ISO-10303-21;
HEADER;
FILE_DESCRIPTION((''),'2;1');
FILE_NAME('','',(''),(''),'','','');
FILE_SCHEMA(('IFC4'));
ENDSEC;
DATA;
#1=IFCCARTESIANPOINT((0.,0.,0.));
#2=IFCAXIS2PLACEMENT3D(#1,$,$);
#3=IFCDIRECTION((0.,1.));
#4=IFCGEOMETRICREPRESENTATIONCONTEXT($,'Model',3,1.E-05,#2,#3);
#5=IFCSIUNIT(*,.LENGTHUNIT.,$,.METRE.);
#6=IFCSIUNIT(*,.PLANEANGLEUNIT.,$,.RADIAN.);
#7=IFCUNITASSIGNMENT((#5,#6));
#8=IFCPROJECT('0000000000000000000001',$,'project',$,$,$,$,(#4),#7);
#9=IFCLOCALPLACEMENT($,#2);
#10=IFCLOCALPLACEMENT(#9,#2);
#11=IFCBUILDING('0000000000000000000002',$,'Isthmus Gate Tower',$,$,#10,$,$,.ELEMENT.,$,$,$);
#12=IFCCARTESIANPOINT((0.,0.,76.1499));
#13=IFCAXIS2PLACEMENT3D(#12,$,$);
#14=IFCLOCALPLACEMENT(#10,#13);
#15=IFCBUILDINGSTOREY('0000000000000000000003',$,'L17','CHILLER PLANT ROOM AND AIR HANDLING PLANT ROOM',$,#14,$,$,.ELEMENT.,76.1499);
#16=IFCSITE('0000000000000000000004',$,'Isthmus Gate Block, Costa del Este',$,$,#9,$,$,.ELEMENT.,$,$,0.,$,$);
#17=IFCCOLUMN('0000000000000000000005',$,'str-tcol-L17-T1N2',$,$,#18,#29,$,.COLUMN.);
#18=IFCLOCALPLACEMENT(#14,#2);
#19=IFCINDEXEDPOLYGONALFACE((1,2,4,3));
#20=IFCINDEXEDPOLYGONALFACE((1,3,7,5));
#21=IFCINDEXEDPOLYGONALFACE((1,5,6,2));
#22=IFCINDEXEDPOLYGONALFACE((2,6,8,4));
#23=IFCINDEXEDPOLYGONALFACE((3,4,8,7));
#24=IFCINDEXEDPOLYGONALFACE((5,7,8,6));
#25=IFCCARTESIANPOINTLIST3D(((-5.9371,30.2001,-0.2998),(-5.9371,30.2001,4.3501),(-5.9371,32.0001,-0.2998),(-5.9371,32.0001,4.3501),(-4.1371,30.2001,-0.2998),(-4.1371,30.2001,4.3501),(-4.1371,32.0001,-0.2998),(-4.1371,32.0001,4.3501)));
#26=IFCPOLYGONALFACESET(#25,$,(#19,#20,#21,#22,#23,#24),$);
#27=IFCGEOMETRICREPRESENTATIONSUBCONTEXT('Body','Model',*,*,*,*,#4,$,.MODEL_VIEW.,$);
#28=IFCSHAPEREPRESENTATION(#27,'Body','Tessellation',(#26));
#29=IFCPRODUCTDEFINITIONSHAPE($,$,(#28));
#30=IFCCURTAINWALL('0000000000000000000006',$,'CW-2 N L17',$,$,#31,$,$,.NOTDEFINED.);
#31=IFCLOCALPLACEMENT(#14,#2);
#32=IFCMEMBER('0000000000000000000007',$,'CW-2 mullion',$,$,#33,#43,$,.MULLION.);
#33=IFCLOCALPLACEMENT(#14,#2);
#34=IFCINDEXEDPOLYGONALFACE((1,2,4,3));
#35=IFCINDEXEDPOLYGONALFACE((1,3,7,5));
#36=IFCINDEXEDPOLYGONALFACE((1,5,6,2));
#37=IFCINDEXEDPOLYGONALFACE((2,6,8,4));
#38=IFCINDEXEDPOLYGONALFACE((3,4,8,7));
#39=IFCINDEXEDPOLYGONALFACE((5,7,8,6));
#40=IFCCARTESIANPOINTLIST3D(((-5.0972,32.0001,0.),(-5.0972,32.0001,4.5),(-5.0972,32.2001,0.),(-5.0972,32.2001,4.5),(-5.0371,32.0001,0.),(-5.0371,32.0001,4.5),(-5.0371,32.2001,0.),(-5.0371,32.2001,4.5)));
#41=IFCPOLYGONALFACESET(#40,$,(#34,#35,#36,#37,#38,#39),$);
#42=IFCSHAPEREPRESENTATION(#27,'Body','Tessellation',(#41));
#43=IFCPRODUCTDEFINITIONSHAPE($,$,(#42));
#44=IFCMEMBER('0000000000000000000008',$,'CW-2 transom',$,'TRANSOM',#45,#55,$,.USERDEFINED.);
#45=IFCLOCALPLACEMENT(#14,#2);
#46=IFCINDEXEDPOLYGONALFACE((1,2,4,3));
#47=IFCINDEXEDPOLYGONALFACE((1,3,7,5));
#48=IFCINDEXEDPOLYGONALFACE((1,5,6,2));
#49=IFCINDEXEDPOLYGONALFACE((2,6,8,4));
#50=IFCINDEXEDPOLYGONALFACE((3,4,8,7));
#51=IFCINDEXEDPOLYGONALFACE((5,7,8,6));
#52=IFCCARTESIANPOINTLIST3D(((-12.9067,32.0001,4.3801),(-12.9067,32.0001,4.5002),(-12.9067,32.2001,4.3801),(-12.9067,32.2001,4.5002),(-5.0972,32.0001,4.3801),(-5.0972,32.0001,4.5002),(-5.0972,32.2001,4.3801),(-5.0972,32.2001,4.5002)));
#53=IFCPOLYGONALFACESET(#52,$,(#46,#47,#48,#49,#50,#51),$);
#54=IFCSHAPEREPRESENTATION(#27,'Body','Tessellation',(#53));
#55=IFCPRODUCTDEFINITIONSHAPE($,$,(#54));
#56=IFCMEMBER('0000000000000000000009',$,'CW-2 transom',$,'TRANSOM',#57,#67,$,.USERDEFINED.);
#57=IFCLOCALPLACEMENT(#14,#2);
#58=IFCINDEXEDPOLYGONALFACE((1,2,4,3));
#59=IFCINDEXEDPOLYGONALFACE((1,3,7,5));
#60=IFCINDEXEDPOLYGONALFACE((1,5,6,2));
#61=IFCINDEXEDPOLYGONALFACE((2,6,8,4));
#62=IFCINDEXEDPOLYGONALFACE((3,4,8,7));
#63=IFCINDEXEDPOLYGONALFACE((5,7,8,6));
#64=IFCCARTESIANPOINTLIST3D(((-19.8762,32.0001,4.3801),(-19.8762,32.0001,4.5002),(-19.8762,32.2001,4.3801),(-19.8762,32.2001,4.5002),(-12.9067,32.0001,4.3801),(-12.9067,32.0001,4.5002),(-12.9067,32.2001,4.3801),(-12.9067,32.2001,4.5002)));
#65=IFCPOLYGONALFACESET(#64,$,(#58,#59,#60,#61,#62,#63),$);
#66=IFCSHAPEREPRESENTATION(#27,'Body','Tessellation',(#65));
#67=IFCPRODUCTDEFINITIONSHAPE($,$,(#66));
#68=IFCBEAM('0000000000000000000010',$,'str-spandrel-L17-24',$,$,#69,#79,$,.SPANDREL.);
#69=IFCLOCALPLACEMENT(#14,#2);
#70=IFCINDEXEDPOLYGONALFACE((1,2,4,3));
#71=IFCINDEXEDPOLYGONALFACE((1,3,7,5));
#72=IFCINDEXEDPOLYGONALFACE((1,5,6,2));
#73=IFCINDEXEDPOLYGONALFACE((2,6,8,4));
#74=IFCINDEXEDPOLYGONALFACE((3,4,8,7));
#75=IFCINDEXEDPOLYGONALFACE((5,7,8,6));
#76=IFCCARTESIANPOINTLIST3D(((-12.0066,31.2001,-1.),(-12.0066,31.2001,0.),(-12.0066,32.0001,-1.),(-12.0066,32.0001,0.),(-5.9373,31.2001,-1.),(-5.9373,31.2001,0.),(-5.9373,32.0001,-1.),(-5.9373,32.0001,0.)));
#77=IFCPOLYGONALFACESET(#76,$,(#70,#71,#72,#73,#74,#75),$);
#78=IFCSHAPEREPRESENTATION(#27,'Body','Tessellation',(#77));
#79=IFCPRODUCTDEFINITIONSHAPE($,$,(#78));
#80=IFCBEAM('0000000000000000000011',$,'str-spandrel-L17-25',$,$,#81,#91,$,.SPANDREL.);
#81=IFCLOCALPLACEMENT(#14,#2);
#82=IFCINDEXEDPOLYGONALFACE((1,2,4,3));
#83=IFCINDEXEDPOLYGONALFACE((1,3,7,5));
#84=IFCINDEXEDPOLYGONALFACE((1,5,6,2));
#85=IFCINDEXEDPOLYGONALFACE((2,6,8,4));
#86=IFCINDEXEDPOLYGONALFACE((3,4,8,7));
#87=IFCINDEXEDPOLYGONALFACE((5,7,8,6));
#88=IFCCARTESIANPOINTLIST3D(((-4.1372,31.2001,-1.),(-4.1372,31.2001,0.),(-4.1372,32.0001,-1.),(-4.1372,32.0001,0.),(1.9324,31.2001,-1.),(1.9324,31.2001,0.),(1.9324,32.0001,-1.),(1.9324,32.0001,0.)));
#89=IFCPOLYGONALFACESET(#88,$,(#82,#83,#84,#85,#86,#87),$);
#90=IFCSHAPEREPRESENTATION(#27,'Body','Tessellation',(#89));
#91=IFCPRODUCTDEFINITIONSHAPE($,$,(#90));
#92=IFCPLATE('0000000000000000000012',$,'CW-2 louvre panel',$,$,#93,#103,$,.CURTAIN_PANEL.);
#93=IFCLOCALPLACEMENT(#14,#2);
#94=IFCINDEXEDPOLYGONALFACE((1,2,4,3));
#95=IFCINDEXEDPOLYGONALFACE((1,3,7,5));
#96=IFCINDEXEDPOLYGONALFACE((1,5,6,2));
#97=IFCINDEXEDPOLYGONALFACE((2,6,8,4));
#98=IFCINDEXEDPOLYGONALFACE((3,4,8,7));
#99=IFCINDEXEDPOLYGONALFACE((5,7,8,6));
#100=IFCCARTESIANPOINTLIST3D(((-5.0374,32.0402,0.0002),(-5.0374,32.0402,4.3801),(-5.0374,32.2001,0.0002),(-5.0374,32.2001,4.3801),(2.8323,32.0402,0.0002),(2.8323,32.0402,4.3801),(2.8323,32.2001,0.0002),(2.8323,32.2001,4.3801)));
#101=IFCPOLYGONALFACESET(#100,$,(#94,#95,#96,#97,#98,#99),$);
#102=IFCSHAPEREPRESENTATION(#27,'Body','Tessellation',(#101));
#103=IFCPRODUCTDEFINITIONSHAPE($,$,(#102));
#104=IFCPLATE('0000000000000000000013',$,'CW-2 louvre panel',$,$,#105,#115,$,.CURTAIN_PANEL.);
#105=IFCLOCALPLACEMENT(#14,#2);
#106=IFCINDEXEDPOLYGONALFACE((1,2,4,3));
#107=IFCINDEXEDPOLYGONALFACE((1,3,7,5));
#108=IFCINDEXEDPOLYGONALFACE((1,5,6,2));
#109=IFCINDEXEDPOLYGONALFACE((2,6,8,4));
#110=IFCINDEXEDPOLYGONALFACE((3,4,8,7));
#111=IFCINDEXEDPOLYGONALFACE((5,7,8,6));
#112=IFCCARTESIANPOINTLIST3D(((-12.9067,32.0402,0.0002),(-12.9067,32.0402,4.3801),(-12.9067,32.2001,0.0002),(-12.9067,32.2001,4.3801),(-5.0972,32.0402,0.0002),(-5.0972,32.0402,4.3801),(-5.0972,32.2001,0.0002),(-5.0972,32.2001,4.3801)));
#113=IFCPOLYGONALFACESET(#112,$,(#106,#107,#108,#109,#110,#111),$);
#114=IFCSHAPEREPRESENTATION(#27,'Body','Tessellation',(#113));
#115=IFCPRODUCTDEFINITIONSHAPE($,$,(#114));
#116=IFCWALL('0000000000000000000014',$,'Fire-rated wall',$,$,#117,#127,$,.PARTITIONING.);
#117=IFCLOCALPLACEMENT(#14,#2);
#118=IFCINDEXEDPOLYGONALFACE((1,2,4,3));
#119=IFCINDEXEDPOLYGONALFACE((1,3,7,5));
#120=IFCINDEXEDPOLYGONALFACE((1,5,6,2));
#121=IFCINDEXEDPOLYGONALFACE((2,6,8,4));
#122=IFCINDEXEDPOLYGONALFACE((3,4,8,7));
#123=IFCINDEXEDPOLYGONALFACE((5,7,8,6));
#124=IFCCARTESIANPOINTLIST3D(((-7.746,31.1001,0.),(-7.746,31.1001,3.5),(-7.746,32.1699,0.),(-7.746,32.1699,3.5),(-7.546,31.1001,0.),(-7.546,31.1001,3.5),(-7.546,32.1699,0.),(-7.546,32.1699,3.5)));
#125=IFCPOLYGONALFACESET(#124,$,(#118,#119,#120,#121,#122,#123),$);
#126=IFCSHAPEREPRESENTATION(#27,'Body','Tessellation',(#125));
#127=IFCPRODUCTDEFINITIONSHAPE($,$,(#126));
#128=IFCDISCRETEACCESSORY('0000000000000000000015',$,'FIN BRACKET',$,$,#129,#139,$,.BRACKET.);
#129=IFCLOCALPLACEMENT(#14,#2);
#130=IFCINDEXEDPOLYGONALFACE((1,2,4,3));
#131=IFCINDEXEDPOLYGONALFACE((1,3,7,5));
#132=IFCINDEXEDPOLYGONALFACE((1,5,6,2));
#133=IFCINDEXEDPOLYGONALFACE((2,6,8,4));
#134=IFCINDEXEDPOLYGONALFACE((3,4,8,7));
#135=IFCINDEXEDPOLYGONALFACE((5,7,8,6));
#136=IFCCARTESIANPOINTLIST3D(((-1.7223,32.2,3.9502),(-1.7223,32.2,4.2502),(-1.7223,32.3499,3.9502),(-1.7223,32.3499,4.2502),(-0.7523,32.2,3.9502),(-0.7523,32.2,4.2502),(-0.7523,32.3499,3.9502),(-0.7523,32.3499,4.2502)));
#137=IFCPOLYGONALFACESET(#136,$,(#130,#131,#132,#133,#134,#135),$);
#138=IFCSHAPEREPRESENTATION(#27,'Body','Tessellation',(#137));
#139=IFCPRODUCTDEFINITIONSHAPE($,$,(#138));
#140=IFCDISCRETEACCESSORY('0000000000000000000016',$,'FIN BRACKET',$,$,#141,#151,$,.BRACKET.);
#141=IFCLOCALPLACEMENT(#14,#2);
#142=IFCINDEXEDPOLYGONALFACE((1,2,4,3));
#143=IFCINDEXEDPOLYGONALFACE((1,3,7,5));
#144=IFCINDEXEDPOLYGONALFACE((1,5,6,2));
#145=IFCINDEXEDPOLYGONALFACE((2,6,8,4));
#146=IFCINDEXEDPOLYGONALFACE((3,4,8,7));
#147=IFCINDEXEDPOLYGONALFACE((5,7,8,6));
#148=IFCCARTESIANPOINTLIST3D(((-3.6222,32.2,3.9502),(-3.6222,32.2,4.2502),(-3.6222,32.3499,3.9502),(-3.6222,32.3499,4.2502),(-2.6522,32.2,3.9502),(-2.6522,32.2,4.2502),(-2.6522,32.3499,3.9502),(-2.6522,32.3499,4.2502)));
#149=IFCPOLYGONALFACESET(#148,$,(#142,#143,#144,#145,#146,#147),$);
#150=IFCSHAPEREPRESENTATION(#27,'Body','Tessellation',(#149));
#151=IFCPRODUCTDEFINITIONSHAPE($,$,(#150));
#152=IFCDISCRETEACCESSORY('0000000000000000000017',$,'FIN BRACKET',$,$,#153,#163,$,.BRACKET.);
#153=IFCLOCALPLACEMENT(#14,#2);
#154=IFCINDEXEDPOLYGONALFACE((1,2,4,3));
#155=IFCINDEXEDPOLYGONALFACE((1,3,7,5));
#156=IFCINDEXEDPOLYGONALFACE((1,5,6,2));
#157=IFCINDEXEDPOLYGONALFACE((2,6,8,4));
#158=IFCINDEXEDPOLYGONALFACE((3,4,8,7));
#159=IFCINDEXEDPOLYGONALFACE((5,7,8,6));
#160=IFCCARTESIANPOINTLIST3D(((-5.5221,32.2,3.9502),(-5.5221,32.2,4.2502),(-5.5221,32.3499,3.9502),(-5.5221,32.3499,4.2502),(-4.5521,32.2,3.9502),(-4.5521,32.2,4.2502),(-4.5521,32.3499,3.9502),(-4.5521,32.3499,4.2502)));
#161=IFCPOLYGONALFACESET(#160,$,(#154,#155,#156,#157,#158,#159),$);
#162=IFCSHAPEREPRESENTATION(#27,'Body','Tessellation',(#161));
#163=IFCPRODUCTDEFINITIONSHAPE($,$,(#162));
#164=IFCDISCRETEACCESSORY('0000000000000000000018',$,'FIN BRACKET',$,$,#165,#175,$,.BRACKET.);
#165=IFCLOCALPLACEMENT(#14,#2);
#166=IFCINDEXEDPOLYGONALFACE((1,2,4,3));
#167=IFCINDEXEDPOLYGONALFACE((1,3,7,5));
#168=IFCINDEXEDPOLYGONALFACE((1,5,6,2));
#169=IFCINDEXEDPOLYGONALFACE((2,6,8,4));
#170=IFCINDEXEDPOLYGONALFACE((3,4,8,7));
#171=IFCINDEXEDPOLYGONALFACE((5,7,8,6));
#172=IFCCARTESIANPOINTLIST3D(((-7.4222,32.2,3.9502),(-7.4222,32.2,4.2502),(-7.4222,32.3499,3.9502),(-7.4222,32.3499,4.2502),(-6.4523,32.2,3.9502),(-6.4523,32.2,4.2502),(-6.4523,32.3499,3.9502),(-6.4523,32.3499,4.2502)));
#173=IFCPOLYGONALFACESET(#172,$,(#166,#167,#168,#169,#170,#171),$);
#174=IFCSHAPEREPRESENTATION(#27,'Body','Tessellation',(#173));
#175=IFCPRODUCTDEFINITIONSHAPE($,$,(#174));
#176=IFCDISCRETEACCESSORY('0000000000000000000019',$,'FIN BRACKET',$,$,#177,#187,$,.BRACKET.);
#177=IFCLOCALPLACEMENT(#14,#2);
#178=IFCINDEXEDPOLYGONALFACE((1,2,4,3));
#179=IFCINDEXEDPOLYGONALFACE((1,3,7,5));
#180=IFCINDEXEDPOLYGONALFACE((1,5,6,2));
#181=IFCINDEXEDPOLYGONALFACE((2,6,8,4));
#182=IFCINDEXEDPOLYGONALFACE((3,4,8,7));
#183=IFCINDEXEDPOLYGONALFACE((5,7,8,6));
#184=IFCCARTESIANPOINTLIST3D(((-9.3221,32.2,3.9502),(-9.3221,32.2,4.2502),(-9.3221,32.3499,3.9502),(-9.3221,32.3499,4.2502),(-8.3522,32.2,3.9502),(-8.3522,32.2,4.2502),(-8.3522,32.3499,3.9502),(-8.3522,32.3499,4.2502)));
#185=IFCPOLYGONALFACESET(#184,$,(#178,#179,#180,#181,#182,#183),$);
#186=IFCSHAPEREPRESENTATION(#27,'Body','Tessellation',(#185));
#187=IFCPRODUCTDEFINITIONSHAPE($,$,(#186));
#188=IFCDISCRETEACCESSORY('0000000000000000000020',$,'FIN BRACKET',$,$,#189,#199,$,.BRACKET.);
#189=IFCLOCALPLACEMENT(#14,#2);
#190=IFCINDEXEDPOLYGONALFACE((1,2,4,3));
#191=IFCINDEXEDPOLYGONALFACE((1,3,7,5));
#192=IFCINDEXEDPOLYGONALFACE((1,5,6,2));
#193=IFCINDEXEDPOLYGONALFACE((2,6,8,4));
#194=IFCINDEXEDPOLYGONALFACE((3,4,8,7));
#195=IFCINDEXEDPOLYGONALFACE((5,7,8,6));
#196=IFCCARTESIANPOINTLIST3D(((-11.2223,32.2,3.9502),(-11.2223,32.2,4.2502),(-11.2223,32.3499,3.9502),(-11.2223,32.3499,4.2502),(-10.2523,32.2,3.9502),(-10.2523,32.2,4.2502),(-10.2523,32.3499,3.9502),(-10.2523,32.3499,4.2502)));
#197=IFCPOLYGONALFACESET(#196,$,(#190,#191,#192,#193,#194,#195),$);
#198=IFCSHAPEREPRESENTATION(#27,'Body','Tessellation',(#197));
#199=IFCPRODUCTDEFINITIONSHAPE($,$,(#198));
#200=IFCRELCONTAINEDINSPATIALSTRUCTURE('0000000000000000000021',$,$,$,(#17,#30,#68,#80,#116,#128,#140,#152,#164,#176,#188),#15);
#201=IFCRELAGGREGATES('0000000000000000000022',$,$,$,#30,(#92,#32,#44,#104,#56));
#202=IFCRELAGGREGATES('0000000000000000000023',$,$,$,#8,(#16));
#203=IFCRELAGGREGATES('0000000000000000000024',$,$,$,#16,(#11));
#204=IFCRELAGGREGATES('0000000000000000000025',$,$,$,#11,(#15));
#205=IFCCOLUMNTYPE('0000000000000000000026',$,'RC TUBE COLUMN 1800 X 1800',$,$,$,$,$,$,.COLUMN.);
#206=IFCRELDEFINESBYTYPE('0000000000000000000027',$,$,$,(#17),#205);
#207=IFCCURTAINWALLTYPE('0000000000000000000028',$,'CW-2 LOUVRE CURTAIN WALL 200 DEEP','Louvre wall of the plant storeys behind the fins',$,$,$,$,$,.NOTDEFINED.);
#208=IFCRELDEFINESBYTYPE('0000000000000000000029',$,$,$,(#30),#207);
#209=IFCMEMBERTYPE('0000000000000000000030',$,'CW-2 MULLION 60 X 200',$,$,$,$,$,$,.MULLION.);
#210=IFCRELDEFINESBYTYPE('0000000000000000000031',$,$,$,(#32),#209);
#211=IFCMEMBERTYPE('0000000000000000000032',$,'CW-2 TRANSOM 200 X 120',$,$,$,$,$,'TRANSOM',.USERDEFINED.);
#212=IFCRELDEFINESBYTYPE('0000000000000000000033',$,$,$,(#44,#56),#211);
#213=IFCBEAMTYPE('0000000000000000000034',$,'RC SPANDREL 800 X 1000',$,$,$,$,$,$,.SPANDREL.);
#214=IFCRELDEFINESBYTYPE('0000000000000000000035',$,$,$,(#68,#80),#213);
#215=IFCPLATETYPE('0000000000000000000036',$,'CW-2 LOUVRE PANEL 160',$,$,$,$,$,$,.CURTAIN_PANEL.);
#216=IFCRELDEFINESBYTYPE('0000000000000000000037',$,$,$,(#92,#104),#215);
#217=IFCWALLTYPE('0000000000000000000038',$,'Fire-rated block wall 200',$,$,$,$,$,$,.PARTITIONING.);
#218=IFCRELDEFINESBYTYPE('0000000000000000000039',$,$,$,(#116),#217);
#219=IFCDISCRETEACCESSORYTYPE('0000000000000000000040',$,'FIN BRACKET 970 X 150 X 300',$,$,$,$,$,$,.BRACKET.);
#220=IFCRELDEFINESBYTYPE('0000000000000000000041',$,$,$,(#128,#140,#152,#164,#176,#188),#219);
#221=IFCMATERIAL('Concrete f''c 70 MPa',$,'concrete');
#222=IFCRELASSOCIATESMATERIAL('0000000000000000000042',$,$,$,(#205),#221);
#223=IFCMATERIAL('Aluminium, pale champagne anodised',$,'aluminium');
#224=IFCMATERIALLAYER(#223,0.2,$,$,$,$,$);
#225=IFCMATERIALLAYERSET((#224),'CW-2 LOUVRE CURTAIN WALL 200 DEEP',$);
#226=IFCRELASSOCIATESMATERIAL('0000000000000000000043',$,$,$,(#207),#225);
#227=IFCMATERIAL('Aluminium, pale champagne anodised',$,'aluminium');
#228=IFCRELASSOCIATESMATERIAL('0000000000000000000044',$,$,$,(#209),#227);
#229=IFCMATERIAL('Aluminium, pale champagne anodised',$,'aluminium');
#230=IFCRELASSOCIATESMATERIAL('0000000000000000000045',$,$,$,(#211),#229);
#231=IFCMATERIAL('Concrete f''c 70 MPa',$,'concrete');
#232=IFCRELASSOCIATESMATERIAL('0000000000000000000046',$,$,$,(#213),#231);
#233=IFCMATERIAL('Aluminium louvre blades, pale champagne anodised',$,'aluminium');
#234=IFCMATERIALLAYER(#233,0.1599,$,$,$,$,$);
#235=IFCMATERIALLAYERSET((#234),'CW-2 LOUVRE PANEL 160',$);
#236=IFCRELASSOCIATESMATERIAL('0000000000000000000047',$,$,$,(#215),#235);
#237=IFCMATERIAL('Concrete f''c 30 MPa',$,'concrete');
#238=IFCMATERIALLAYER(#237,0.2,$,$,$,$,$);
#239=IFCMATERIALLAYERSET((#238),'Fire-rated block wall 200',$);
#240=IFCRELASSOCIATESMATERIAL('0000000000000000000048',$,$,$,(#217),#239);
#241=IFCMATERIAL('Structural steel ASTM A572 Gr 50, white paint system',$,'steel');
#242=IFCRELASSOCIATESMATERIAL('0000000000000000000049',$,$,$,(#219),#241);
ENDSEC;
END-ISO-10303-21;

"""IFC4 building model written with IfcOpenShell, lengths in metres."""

from ifc_helpers import new_model, si_unit, direction, frame, frame_2d, origin, origin_2d, place, context, subcontext, project, spatial, rectangle, extrude, material, layer, layer_set, material_profile, profile_set, type_object, element, aggregate, save


model = new_model("IFC4")

# Units and contexts
model_context = context("Model", 3, precision=1e-05, world=origin(), true_north=direction((0.0, 1.0)))
body_context = subcontext(model_context, "Body", "Model", "MODEL_VIEW")
ifc_project = project(units=[si_unit("LENGTHUNIT", "METRE"), si_unit("PLANEANGLEUNIT", "RADIAN")], contexts=[model_context])

# Site, building, storey
site_placement = place(None, origin())
site = spatial("IfcSite", under=ifc_project, at=site_placement, Name="Isthmus Gate Block, Costa del Este", CompositionType="ELEMENT", RefElevation=0.0)
building_placement = place(site_placement, origin())
building = spatial("IfcBuilding", under=site, at=building_placement, Name="Isthmus Gate Tower", CompositionType="ELEMENT")
storey_placement = place(building_placement, frame((0.0, 0.0, 76.1499)))
storey = spatial("IfcBuildingStorey", under=building, at=storey_placement, Name="L17", Description="CHILLER PLANT ROOM AND AIR HANDLING PLANT ROOM", CompositionType="ELEMENT", Elevation=76.1499)

# Column
ifc_material_1 = material(Name="Concrete f'c 70 MPa", Category="concrete")
ifc_material_profile_1 = material_profile(ifc_material_1, rectangle(XDim=1.8, YDim=1.8, at=origin_2d()), Name="RC 1800X1800")
ifc_profile_set_1 = profile_set([ifc_material_profile_1], Name="Concrete f'c 70 MPa")
column_type = type_object("IfcColumnType", Name="RC TUBE COLUMN 1800 X 1800", PredefinedType="COLUMN", material=ifc_profile_set_1)
column_placement = place(storey_placement, frame((-5.0371, 31.1001, -0.2998), z_axis=(0.0, 0.0, 1.0), x_axis=(-1.0, 0.0, 0.0)))
element("IfcColumn", 1, at=column_placement, inside=storey, type_object=column_type, Name="str-tcol-L17-T1N2", PredefinedType="COLUMN", context=body_context, shape_type="SweptSolid", body=[
    extrude(rectangle(XDim=1.8, YDim=1.8, at=origin_2d()), origin(), (0.0, 0.0, 1.0), 4.6499),
])

# Curtain wall, members
ifc_material_2 = material(Name="Aluminium, pale champagne anodised", Category="aluminium")
ifc_layer_1 = layer(ifc_material_2, 0.2)
ifc_layer_set_1 = layer_set([ifc_layer_1], Name="CW-2 LOUVRE CURTAIN WALL 200 DEEP")
curtain_wall_type = type_object("IfcCurtainWallType", Name="CW-2 LOUVRE CURTAIN WALL 200 DEEP", Description="Louvre wall of the plant storeys behind the fins", PredefinedType="NOTDEFINED", material=ifc_layer_set_1)
curtain_wall_placement = place(storey_placement, origin())
curtain_wall = element("IfcCurtainWall", 2, at=curtain_wall_placement, inside=storey, type_object=curtain_wall_type, Name="CW-2 N L17", PredefinedType="NOTDEFINED")
ifc_material_3 = material(Name="Aluminium, pale champagne anodised", Category="aluminium")
ifc_material_profile_2 = material_profile(ifc_material_3, rectangle(XDim=0.0601, YDim=0.2, at=origin_2d()), Name="60x200")
ifc_profile_set_2 = profile_set([ifc_material_profile_2], Name="Aluminium, pale champagne anodised")
member_type_1 = type_object("IfcMemberType", Name="CW-2 MULLION 60 X 200", PredefinedType="MULLION", material=ifc_profile_set_2)
member_1_placement = place(storey_placement, frame((-5.0671, 32.1001, 0.0), z_axis=(0.0, 0.0, 1.0), x_axis=(-1.0, 0.0, 0.0)))
member_1 = element("IfcMember", 3, at=member_1_placement, type_object=member_type_1, Name="CW-2 mullion", PredefinedType="MULLION", context=body_context, shape_type="SweptSolid", body=[
    extrude(rectangle(XDim=0.0601, YDim=0.2, at=origin_2d()), origin(), (0.0, 0.0, 1.0), 4.5),
])
ifc_material_4 = material(Name="Aluminium, pale champagne anodised", Category="aluminium")
ifc_material_profile_3 = material_profile(ifc_material_4, rectangle(XDim=0.2, YDim=0.1201, at=origin_2d()), Name="200x120")
ifc_profile_set_3 = profile_set([ifc_material_profile_3], Name="Aluminium, pale champagne anodised")
member_type_2 = type_object("IfcMemberType", Name="CW-2 TRANSOM 200 X 120", ElementType="TRANSOM", PredefinedType="USERDEFINED", material=ifc_profile_set_3)
member_2_placement = place(storey_placement, frame((-5.0972, 32.1001, 4.4402), z_axis=(-1.0, 0.0, 0.0), x_axis=(0.0, -1.0, 0.0)))
member_2 = element("IfcMember", 4, at=member_2_placement, type_object=member_type_2, Name="CW-2 transom", ObjectType="TRANSOM", PredefinedType="USERDEFINED", context=body_context, shape_type="SweptSolid", body=[
    extrude(rectangle(XDim=0.2, YDim=0.1201, at=origin_2d()), origin(), (0.0, 0.0, 1.0), 7.8096),
])
member_3_placement = place(storey_placement, frame((-12.9067, 32.1001, 4.4402), z_axis=(-1.0, 0.0, 0.0), x_axis=(0.0, -1.0, 0.0)))
member_3 = element("IfcMember", 5, at=member_3_placement, type_object=member_type_2, Name="CW-2 transom", ObjectType="TRANSOM", PredefinedType="USERDEFINED", context=body_context, shape_type="SweptSolid", body=[
    extrude(rectangle(XDim=0.2, YDim=0.1201, at=origin_2d()), origin(), (0.0, 0.0, 1.0), 6.9695),
])

# Beams
ifc_material_5 = material(Name="Concrete f'c 70 MPa", Category="concrete")
ifc_material_profile_4 = material_profile(ifc_material_5, rectangle(XDim=0.8, YDim=1.0, at=origin_2d()), Name="RC 800X1000")
ifc_profile_set_4 = profile_set([ifc_material_profile_4], Name="Concrete f'c 70 MPa")
beam_type = type_object("IfcBeamType", Name="RC SPANDREL 800 X 1000", PredefinedType="SPANDREL", material=ifc_profile_set_4)
beam_1_placement = place(storey_placement, frame((-12.0066, 31.6001, -0.5), z_axis=(1.0, 0.0, 0.0), x_axis=(0.0, 1.0, 0.0)))
element("IfcBeam", 6, at=beam_1_placement, inside=storey, type_object=beam_type, Name="str-spandrel-L17-24", PredefinedType="SPANDREL", context=body_context, shape_type="SweptSolid", body=[
    extrude(rectangle(XDim=0.8, YDim=1.0, at=origin_2d()), origin(), (0.0, 0.0, 1.0), 6.0693),
])
beam_2_placement = place(storey_placement, frame((-4.1372, 31.6001, -0.5), z_axis=(1.0, 0.0, 0.0), x_axis=(0.0, 1.0, 0.0)))
element("IfcBeam", 7, at=beam_2_placement, inside=storey, type_object=beam_type, Name="str-spandrel-L17-25", PredefinedType="SPANDREL", context=body_context, shape_type="SweptSolid", body=[
    extrude(rectangle(XDim=0.8, YDim=1.0, at=origin_2d()), origin(), (0.0, 0.0, 1.0), 6.0696),
])

# Plates
ifc_material_6 = material(Name="Aluminium louvre blades, pale champagne anodised", Category="aluminium")
ifc_layer_2 = layer(ifc_material_6, 0.1599)
ifc_layer_set_2 = layer_set([ifc_layer_2], Name="CW-2 LOUVRE PANEL 160")
plate_type = type_object("IfcPlateType", Name="CW-2 LOUVRE PANEL 160", PredefinedType="CURTAIN_PANEL", material=ifc_layer_set_2)
plate_1_placement = place(storey_placement, frame((-1.1025, 32.1201, 0.0002), z_axis=(0.0, 0.0, 1.0), x_axis=(-1.0, 0.0, 0.0)))
plate_1 = element("IfcPlate", 8, at=plate_1_placement, type_object=plate_type, Name="CW-2 louvre panel", PredefinedType="CURTAIN_PANEL", context=body_context, shape_type="SweptSolid", body=[
    extrude(rectangle(XDim=7.8696, YDim=0.1599, at=origin_2d()), origin(), (0.0, 0.0, 1.0), 4.3799),
])
plate_2_placement = place(storey_placement, frame((-9.002, 32.1201, 0.0002), z_axis=(0.0, 0.0, 1.0), x_axis=(-1.0, 0.0, 0.0)))
plate_2 = element("IfcPlate", 9, at=plate_2_placement, type_object=plate_type, Name="CW-2 louvre panel", PredefinedType="CURTAIN_PANEL", context=body_context, shape_type="SweptSolid", body=[
    extrude(rectangle(XDim=7.8096, YDim=0.1599, at=origin_2d()), origin(), (0.0, 0.0, 1.0), 4.3799),
])
aggregate(curtain_wall, [plate_1, member_1, member_2, plate_2, member_3])

# Wall
ifc_material_7 = material(Name="Concrete f'c 30 MPa", Category="concrete")
ifc_layer_3 = layer(ifc_material_7, 0.2)
ifc_layer_set_3 = layer_set([ifc_layer_3], Name="Fire-rated block wall 200")
wall_type = type_object("IfcWallType", Name="Fire-rated block wall 200", PredefinedType="PARTITIONING", material=ifc_layer_set_3)
wall_placement = place(storey_placement, frame((-7.646, 31.1001, 0.0), z_axis=(0.0, 0.0, 1.0), x_axis=(0.0, 1.0, 0.0)))
element("IfcWall", 10, at=wall_placement, inside=storey, type_object=wall_type, Name="Fire-rated wall", PredefinedType="PARTITIONING", context=body_context, shape_type="SweptSolid", body=[
    extrude(rectangle(XDim=1.0698, YDim=0.2, at=frame_2d((0.5349, 0.0))), origin(), (0.0, 0.0, 1.0), 3.5),
])

# Discrete accessories
ifc_material_8 = material(Name="Structural steel ASTM A572 Gr 50, white paint system", Category="steel")
discrete_accessory_type = type_object("IfcDiscreteAccessoryType", Name="FIN BRACKET 970 X 150 X 300", PredefinedType="BRACKET", material=ifc_material_8)
for number, where, z_axis, x_axis, name in (
    (11, (-1.2373, 32.2749, 3.9502), (0.0, 0.0, 1.0), (0.0, 1.0, 0.0), "FIN BRACKET"),
    (12, (-3.1372, 32.2749, 3.9502), (0.0, 0.0, 1.0), (0.0, 1.0, 0.0), "FIN BRACKET"),
    (13, (-5.0371, 32.2749, 3.9502), (0.0, 0.0, 1.0), (0.0, 1.0, 0.0), "FIN BRACKET"),
    (14, (-6.9373, 32.2749, 3.9502), (0.0, 0.0, 1.0), (0.0, 1.0, 0.0), "FIN BRACKET"),
    (15, (-8.8372, 32.2749, 3.9502), (0.0, 0.0, 1.0), (0.0, 1.0, 0.0), "FIN BRACKET"),
    (16, (-10.7373, 32.2749, 3.9502), (0.0, 0.0, 1.0), (0.0, 1.0, 0.0), "FIN BRACKET"),
):
    element("IfcDiscreteAccessory", number, at=place(storey_placement, frame(where, z_axis=z_axis, x_axis=x_axis)), inside=storey, type_object=discrete_accessory_type, Name=name, PredefinedType="BRACKET", context=body_context, shape_type="SweptSolid", body=[
        extrude(rectangle(XDim=0.1499, YDim=0.97, at=origin_2d()), origin(), (0.0, 0.0, 1.0), 0.3),
    ])

save(model, "model.ifc")
